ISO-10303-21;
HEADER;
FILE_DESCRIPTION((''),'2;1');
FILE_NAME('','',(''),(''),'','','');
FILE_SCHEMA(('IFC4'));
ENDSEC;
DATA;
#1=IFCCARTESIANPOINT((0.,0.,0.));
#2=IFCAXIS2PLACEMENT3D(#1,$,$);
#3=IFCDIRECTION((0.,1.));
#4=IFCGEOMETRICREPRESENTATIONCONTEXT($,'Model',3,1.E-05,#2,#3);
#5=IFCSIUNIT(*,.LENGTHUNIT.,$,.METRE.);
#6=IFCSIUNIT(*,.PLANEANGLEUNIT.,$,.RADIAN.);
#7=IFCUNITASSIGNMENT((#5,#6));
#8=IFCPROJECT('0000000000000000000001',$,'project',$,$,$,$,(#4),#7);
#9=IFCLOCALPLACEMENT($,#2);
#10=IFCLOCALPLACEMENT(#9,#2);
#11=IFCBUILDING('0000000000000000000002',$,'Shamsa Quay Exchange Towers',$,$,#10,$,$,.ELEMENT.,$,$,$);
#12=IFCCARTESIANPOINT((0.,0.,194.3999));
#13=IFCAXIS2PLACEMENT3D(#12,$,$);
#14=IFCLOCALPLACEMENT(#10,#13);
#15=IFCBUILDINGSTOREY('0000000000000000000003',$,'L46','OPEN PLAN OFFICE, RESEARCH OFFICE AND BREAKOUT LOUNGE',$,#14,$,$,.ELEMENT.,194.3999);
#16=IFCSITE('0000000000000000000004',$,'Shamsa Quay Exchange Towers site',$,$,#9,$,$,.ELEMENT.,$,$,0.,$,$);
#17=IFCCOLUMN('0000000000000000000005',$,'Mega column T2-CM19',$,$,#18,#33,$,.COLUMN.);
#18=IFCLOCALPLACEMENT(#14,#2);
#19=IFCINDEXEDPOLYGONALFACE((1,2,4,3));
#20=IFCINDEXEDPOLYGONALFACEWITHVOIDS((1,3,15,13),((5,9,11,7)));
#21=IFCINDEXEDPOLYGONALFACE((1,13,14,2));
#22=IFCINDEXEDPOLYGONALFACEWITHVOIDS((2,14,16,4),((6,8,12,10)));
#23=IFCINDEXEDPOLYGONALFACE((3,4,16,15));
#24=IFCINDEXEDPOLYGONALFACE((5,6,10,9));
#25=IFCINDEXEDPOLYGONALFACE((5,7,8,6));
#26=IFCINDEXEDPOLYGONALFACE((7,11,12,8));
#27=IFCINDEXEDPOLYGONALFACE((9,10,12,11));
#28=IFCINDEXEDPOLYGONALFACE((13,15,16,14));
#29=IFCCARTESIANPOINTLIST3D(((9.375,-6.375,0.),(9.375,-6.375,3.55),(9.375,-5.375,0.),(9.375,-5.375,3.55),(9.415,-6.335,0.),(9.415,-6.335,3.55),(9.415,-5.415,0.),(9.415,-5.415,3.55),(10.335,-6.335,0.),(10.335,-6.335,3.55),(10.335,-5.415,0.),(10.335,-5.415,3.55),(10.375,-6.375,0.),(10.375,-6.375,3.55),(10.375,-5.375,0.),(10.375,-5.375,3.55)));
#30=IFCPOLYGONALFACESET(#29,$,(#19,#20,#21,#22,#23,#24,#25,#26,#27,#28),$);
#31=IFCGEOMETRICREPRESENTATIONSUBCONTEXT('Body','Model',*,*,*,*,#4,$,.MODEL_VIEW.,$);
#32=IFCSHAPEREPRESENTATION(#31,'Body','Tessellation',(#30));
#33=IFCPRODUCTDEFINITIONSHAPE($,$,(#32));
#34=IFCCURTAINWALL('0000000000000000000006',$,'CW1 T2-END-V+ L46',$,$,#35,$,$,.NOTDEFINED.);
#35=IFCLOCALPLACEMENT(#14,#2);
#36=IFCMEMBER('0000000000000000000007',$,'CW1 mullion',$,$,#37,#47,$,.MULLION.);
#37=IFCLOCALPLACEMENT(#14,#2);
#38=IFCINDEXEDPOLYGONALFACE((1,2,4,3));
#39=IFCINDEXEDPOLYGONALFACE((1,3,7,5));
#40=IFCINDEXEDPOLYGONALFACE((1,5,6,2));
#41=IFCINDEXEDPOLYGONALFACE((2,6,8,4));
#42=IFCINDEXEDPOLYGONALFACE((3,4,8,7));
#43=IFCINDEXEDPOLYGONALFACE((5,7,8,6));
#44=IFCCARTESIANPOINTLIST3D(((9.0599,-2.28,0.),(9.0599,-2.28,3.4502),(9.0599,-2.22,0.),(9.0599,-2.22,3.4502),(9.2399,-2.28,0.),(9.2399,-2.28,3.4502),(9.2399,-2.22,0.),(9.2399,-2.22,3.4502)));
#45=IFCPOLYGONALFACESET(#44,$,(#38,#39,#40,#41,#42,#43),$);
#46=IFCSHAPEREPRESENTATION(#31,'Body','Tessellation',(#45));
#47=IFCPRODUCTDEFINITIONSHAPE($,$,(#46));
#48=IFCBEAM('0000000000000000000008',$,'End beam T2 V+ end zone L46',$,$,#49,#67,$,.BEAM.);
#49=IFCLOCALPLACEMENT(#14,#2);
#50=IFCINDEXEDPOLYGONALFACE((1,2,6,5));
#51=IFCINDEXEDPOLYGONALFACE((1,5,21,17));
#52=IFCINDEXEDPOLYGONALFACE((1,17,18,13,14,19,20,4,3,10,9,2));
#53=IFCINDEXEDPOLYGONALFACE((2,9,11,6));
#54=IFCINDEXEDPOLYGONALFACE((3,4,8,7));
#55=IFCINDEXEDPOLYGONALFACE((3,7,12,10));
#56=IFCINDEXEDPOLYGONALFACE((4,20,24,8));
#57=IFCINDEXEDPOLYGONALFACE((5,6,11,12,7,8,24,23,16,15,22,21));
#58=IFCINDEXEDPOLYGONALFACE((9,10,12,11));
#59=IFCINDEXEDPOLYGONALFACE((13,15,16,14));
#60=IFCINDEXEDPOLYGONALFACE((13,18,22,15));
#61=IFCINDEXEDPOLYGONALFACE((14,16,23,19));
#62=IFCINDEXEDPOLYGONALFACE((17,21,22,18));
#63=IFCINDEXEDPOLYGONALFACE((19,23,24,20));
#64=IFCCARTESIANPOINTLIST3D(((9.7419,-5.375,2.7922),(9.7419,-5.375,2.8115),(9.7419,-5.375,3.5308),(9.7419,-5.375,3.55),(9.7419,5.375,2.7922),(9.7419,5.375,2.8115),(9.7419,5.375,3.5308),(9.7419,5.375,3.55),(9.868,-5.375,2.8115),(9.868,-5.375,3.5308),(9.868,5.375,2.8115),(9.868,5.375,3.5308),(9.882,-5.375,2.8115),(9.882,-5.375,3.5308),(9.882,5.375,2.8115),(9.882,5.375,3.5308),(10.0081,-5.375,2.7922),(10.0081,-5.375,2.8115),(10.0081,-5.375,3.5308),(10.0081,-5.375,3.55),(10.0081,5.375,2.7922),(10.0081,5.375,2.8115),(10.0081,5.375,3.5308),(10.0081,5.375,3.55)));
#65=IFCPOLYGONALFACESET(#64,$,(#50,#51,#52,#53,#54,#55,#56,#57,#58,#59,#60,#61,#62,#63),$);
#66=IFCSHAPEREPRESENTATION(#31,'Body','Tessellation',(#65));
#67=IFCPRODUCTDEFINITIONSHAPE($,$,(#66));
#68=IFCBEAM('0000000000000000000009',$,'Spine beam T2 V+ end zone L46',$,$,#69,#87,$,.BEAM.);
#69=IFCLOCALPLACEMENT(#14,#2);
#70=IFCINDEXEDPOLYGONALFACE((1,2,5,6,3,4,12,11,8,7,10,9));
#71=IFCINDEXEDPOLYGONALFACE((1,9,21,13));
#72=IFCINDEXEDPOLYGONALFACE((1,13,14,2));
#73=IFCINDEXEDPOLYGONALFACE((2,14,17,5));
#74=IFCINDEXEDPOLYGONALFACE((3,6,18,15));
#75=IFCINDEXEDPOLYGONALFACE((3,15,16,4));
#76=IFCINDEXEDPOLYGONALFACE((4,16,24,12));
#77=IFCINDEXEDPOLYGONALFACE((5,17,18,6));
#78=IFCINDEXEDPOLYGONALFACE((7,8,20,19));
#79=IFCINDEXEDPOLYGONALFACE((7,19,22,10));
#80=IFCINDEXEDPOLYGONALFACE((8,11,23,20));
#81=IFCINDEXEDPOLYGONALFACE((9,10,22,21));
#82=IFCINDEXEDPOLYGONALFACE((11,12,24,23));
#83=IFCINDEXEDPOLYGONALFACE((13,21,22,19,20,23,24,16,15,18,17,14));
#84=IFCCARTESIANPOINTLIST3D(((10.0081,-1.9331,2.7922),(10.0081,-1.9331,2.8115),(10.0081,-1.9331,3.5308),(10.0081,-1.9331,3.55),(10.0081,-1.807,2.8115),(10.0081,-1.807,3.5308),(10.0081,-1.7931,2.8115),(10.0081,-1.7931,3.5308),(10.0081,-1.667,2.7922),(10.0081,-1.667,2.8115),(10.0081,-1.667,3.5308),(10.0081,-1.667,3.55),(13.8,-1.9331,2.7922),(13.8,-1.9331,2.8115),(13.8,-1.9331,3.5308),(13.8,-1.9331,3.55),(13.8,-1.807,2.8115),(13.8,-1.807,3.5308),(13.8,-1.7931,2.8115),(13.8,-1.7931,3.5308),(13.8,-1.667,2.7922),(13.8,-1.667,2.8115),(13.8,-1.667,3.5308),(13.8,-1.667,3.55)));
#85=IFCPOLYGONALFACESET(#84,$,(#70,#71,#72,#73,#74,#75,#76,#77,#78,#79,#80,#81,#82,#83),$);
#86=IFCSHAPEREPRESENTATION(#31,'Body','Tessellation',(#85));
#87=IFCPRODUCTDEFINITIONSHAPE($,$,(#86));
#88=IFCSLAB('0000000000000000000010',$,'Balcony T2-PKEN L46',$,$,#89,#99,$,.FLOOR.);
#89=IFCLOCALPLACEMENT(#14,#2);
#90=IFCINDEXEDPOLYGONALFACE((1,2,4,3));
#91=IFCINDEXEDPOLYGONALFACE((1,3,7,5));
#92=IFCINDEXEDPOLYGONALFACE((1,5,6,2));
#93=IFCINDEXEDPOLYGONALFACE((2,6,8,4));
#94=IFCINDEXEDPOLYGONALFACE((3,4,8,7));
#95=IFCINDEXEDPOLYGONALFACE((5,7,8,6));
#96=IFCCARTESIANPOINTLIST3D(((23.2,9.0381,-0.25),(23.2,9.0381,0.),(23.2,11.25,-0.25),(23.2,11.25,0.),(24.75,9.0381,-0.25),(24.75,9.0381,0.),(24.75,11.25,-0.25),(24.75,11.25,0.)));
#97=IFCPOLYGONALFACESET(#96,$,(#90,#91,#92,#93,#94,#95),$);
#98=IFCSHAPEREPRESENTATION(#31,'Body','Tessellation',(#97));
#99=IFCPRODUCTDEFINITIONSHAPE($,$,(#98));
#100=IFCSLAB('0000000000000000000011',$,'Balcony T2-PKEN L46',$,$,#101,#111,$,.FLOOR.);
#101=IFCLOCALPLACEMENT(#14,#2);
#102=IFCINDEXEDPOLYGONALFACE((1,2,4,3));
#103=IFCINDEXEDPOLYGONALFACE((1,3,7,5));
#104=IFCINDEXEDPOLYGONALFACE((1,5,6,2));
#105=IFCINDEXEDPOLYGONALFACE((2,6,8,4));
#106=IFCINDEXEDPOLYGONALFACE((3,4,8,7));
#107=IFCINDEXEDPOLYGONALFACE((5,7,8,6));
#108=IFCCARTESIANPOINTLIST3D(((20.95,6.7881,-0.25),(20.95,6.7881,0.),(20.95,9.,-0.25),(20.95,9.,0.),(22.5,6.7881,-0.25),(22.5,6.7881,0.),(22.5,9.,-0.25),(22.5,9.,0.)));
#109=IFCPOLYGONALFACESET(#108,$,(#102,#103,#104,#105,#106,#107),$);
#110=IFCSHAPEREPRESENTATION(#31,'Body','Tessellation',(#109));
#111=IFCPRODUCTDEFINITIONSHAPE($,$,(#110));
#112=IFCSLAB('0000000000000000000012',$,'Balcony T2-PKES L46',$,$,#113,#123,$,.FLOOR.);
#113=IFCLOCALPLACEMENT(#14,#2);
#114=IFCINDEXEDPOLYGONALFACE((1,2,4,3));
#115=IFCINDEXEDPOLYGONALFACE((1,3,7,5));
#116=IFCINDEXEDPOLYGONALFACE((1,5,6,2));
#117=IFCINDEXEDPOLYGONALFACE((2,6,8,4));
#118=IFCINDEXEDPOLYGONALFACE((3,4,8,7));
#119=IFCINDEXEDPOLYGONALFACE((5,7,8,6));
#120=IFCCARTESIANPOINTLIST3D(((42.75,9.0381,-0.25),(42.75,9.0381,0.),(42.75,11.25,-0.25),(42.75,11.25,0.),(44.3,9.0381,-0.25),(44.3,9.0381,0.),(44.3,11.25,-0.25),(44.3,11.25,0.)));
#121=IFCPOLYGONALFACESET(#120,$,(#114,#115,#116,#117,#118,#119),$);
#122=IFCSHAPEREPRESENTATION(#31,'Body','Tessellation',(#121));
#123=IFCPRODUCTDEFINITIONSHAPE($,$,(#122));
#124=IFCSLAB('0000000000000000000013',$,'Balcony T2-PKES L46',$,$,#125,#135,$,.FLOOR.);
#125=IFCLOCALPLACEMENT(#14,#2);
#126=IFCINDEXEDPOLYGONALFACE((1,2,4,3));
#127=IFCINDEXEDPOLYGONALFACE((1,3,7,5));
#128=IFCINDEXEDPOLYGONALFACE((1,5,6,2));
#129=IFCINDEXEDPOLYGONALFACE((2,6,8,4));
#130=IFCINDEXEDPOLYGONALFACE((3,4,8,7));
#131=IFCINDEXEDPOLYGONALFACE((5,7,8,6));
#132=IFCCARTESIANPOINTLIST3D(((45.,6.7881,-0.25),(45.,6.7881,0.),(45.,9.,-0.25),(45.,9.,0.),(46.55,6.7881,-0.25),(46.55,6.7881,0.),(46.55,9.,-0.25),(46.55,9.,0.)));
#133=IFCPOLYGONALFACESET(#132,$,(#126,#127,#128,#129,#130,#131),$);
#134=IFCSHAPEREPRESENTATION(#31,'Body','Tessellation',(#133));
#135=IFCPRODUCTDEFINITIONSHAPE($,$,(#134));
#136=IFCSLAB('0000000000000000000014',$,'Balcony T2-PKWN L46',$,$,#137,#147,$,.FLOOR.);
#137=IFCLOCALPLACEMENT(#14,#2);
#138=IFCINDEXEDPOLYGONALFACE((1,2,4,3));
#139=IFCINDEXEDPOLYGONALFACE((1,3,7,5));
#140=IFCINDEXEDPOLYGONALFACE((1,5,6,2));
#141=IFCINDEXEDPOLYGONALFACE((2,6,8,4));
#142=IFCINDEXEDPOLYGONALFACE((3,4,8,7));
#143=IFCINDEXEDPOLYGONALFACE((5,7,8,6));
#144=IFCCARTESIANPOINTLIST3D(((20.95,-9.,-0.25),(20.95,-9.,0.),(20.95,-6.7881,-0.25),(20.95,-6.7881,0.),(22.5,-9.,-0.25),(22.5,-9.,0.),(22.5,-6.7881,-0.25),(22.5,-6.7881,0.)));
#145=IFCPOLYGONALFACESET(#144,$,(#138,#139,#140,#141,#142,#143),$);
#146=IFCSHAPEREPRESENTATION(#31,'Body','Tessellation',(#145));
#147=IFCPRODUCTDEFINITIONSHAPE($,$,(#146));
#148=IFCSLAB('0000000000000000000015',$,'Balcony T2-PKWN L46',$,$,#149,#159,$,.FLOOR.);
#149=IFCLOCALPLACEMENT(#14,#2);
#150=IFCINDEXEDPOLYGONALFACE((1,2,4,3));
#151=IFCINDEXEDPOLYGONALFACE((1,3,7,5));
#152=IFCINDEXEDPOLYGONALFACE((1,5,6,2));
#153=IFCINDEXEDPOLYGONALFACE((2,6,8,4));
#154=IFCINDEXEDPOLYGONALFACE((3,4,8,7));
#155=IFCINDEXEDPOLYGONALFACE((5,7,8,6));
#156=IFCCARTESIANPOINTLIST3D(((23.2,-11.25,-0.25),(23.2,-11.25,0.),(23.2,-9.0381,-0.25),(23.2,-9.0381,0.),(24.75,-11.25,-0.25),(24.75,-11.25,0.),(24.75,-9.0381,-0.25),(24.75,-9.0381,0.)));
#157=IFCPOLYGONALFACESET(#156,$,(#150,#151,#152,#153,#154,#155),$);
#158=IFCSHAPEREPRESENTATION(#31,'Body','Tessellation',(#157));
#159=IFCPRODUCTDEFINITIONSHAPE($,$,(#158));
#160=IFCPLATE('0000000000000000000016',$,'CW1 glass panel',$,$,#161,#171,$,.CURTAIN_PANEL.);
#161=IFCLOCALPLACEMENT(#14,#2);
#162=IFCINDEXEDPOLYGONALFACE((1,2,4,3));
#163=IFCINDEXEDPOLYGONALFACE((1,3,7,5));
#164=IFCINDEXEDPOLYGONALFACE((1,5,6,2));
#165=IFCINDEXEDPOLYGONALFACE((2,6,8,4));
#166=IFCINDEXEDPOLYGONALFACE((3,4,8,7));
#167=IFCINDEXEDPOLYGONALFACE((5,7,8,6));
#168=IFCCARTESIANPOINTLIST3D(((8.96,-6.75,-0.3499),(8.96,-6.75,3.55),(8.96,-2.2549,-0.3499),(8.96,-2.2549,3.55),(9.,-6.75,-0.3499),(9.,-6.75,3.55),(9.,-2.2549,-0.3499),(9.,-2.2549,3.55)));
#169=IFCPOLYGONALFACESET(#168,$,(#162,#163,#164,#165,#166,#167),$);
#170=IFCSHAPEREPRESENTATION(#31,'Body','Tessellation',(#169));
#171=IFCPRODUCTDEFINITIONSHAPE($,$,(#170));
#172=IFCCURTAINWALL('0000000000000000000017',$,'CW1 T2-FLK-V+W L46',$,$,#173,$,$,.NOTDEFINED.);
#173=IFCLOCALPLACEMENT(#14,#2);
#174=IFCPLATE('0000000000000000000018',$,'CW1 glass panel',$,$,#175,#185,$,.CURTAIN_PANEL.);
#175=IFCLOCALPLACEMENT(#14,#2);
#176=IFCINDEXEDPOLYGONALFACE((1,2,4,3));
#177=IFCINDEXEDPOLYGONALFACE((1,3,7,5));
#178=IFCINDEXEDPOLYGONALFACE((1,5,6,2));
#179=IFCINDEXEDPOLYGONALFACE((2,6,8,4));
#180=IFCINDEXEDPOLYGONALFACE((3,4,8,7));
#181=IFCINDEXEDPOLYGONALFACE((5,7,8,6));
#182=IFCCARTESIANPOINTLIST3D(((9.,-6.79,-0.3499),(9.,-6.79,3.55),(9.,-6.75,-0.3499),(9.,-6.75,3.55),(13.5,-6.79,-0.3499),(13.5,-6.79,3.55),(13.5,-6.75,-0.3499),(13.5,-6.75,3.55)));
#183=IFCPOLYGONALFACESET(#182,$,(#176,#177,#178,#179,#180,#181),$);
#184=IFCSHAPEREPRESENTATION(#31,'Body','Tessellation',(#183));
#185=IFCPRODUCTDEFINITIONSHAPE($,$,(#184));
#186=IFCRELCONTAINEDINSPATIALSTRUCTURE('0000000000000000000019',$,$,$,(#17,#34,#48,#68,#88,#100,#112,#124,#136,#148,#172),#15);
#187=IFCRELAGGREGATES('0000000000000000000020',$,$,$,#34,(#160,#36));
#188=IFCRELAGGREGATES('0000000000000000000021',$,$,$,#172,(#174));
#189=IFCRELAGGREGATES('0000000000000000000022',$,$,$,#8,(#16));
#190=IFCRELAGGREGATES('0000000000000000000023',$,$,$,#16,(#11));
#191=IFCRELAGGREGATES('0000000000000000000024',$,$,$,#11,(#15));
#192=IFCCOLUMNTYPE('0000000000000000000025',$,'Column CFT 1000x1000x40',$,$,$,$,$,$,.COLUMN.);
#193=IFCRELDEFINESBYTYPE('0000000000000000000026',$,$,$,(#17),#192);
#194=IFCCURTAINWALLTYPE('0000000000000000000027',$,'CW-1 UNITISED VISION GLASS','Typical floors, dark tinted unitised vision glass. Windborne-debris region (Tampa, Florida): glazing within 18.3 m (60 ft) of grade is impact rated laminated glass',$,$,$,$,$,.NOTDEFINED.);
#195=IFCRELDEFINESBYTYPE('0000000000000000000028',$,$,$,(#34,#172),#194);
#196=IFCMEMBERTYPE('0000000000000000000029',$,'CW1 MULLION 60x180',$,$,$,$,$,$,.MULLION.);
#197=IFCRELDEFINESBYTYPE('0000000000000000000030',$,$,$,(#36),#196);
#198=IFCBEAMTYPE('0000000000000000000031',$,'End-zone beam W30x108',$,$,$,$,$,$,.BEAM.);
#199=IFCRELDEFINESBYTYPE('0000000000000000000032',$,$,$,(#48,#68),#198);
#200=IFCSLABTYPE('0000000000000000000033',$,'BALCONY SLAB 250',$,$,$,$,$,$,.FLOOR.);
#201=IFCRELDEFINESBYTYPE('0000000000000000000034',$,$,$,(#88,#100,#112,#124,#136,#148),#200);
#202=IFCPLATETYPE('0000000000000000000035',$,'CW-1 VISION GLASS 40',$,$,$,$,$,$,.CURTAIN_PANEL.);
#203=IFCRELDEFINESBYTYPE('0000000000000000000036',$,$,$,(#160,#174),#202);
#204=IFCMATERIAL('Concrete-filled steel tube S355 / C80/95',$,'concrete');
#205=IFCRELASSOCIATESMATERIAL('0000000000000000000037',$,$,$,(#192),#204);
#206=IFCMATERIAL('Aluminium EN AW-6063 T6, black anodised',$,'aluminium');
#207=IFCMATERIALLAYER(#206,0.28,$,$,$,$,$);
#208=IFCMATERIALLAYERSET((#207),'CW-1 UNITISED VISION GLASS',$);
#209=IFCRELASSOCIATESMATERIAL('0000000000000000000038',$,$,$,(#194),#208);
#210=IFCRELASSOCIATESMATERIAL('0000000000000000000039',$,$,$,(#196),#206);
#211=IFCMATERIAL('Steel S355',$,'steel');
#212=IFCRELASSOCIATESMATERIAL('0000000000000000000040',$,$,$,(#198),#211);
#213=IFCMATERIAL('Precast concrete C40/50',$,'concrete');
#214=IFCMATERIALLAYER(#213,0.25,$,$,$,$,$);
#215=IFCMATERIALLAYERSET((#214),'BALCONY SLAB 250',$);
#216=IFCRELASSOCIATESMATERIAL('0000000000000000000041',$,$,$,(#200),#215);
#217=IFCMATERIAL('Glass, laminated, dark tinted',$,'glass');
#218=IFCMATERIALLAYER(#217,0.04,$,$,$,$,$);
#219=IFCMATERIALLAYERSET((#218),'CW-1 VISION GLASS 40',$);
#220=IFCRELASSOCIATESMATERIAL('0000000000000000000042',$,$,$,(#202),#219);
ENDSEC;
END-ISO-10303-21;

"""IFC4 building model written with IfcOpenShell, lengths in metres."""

from ifc_helpers import new_model, si_unit, direction, frame, origin, origin_2d, place, context, subcontext, project, spatial, polyline, rectangle, hollow_rectangle, i_section, outline, extrude, material, layer, layer_set, material_profile, profile_set, type_object, element, aggregate, save


model = new_model("IFC4")

# Units and contexts
model_context = context("Model", 3, precision=1e-05, world=origin(), true_north=direction((0.0, 1.0)))
body_context = subcontext(model_context, "Body", "Model", "MODEL_VIEW")
ifc_project = project(units=[si_unit("LENGTHUNIT", "METRE"), si_unit("PLANEANGLEUNIT", "RADIAN")], contexts=[model_context])

# Site, building, storey
site_placement = place(None, origin())
site = spatial("IfcSite", under=ifc_project, at=site_placement, Name="Shamsa Quay Exchange Towers site", CompositionType="ELEMENT", RefElevation=0.0)
building_placement = place(site_placement, origin())
building = spatial("IfcBuilding", under=site, at=building_placement, Name="Shamsa Quay Exchange Towers", CompositionType="ELEMENT")
storey_placement = place(building_placement, frame((0.0, 0.0, 194.3999)))
storey = spatial("IfcBuildingStorey", under=building, at=storey_placement, Name="L46", Description="OPEN PLAN OFFICE, RESEARCH OFFICE AND BREAKOUT LOUNGE", CompositionType="ELEMENT", Elevation=194.3999)

# Column
ifc_material_1 = material(Name="Concrete-filled steel tube S355 / C80/95", Category="concrete")
ifc_material_profile_1 = material_profile(ifc_material_1, hollow_rectangle(XDim=1.0, YDim=1.0, WallThickness=0.04, at=origin_2d()), Name="CFT 1000x1000x40")
ifc_profile_set_1 = profile_set([ifc_material_profile_1], Name="Concrete-filled steel tube S355 / C80/95")
column_type = type_object("IfcColumnType", Name="Column CFT 1000x1000x40", PredefinedType="COLUMN", material=ifc_profile_set_1)
column_placement = place(storey_placement, frame((9.875, -5.875, 0.0)))
element("IfcColumn", 1, at=column_placement, inside=storey, type_object=column_type, Name="Mega column T2-CM19", PredefinedType="COLUMN", context=body_context, shape_type="SweptSolid", body=[
    extrude(hollow_rectangle(XDim=1.0, YDim=1.0, WallThickness=0.04, at=origin_2d()), origin(), (0.0, 0.0, 1.0), 3.55),
])

# Curtain wall, member
ifc_material_2 = material(Name="Aluminium EN AW-6063 T6, black anodised", Category="aluminium")
ifc_layer_1 = layer(ifc_material_2, 0.28)
ifc_layer_set_1 = layer_set([ifc_layer_1], Name="CW-1 UNITISED VISION GLASS")
curtain_wall_type_1 = type_object("IfcCurtainWallType", Name="CW-1 UNITISED VISION GLASS", Description="Typical floors, dark tinted unitised vision glass. Windborne-debris region (Tampa, Florida): glazing within 18.3 m (60 ft) of grade is impact rated laminated glass", PredefinedType="NOTDEFINED", material=ifc_layer_set_1)
curtain_wall_1_placement = place(storey_placement, origin())
curtain_wall_1 = element("IfcCurtainWall", 2, at=curtain_wall_1_placement, inside=storey, type_object=curtain_wall_type_1, Name="CW1 T2-END-V+ L46", PredefinedType="NOTDEFINED")
ifc_material_profile_2 = material_profile(ifc_material_2, rectangle(XDim=0.1799, YDim=0.0601, at=origin_2d()), Name="MU60x180")
ifc_profile_set_2 = profile_set([ifc_material_profile_2], Name="Aluminium EN AW-6063 T6, black anodised")
member_type = type_object("IfcMemberType", Name="CW1 MULLION 60x180", PredefinedType="MULLION", material=ifc_profile_set_2)
member_placement = place(storey_placement, frame((9.1499, -2.25, 0.0)))
member = element("IfcMember", 3, at=member_placement, type_object=member_type, Name="CW1 mullion", PredefinedType="MULLION", context=body_context, shape_type="SweptSolid", body=[
    extrude(rectangle(XDim=0.1799, YDim=0.0601, at=origin_2d()), origin(), (0.0, 0.0, 1.0), 3.4502),
])

# Beams
ifc_material_3 = material(Name="Steel S355", Category="steel")
ifc_material_profile_3 = material_profile(ifc_material_3, i_section(OverallWidth=0.2661, OverallDepth=0.7578, WebThickness=0.0139, FlangeThickness=0.0193, at=origin_2d()), Name="W30x108")
ifc_profile_set_3 = profile_set([ifc_material_profile_3], Name="Steel S355")
beam_type = type_object("IfcBeamType", Name="End-zone beam W30x108", PredefinedType="BEAM", material=ifc_profile_set_3)
beam_1_placement = place(storey_placement, frame((9.875, -5.375, 3.1711), z_axis=(0.0, 1.0, 0.0), x_axis=(-1.0, 0.0, 0.0)))
element("IfcBeam", 4, at=beam_1_placement, inside=storey, type_object=beam_type, Name="End beam T2 V+ end zone L46", PredefinedType="BEAM", context=body_context, shape_type="SweptSolid", body=[
    extrude(i_section(OverallWidth=0.2661, OverallDepth=0.7578, WebThickness=0.0139, FlangeThickness=0.0193, at=origin_2d()), origin(), (0.0, 0.0, 1.0), 10.75),
])
beam_2_placement = place(storey_placement, frame((13.8, -1.8, 3.1711), z_axis=(-1.0, 0.0, 0.0), x_axis=(0.0, -1.0, 0.0)))
element("IfcBeam", 5, at=beam_2_placement, inside=storey, type_object=beam_type, Name="Spine beam T2 V+ end zone L46", PredefinedType="BEAM", context=body_context, shape_type="SweptSolid", body=[
    extrude(i_section(OverallWidth=0.2661, OverallDepth=0.7578, WebThickness=0.0139, FlangeThickness=0.0193, at=origin_2d()), origin(), (0.0, 0.0, 1.0), 3.792),
])

# Slabs
ifc_material_4 = material(Name="Precast concrete C40/50", Category="concrete")
ifc_layer_2 = layer(ifc_material_4, 0.25)
ifc_layer_set_2 = layer_set([ifc_layer_2], Name="BALCONY SLAB 250")
slab_type_1 = type_object("IfcSlabType", Name="BALCONY SLAB 250", PredefinedType="FLOOR", material=ifc_layer_set_2)
slab_1_placement = place(storey_placement, frame((0.0, 0.0, -0.25)))
element("IfcSlab", 6, at=slab_1_placement, inside=storey, type_object=slab_type_1, Name="Balcony T2-PKEN L46", PredefinedType="FLOOR", context=body_context, shape_type="SweptSolid", body=[
    extrude(outline(polyline([(24.75, 11.25), (24.75, 9.0381), (23.2, 9.0381), (23.2, 11.25), (24.75, 11.25)])), origin(), (0.0, 0.0, 1.0), 0.25),
])
slab_2_placement = place(storey_placement, frame((0.0, 0.0, -0.25)))
element("IfcSlab", 7, at=slab_2_placement, inside=storey, type_object=slab_type_1, Name="Balcony T2-PKEN L46", PredefinedType="FLOOR", context=body_context, shape_type="SweptSolid", body=[
    extrude(outline(polyline([(22.5, 9.0), (22.5, 6.7881), (20.95, 6.7881), (20.95, 9.0), (22.5, 9.0)])), origin(), (0.0, 0.0, 1.0), 0.25),
])
slab_3_placement = place(storey_placement, frame((0.0, 0.0, -0.25)))
element("IfcSlab", 8, at=slab_3_placement, inside=storey, type_object=slab_type_1, Name="Balcony T2-PKES L46", PredefinedType="FLOOR", context=body_context, shape_type="SweptSolid", body=[
    extrude(outline(polyline([(42.75, 9.0381), (42.75, 11.25), (44.3, 11.25), (44.3, 9.0381), (42.75, 9.0381)])), origin(), (0.0, 0.0, 1.0), 0.25),
])
slab_4_placement = place(storey_placement, frame((0.0, 0.0, -0.25)))
element("IfcSlab", 9, at=slab_4_placement, inside=storey, type_object=slab_type_1, Name="Balcony T2-PKES L46", PredefinedType="FLOOR", context=body_context, shape_type="SweptSolid", body=[
    extrude(outline(polyline([(45.0, 6.7881), (45.0, 9.0), (46.55, 9.0), (46.55, 6.7881), (45.0, 6.7881)])), origin(), (0.0, 0.0, 1.0), 0.25),
])
slab_5_placement = place(storey_placement, frame((0.0, 0.0, -0.25)))
element("IfcSlab", 10, at=slab_5_placement, inside=storey, type_object=slab_type_1, Name="Balcony T2-PKWN L46", PredefinedType="FLOOR", context=body_context, shape_type="SweptSolid", body=[
    extrude(outline(polyline([(22.5, -6.7881), (22.5, -9.0), (20.95, -9.0), (20.95, -6.7881), (22.5, -6.7881)])), origin(), (0.0, 0.0, 1.0), 0.25),
])
slab_6_placement = place(storey_placement, frame((0.0, 0.0, -0.25)))
element("IfcSlab", 11, at=slab_6_placement, inside=storey, type_object=slab_type_1, Name="Balcony T2-PKWN L46", PredefinedType="FLOOR", context=body_context, shape_type="SweptSolid", body=[
    extrude(outline(polyline([(24.75, -9.0381), (24.75, -11.25), (23.2, -11.25), (23.2, -9.0381), (24.75, -9.0381)])), origin(), (0.0, 0.0, 1.0), 0.25),
])

# Plate
ifc_material_5 = material(Name="Glass, laminated, dark tinted", Category="glass")
ifc_layer_3 = layer(ifc_material_5, 0.04)
ifc_layer_set_3 = layer_set([ifc_layer_3], Name="CW-1 VISION GLASS 40")
plate_type_1 = type_object("IfcPlateType", Name="CW-1 VISION GLASS 40", PredefinedType="CURTAIN_PANEL", material=ifc_layer_set_3)
plate_1_placement = place(storey_placement, frame((8.98, -4.5024, -0.3499), z_axis=(0.0, 0.0, 1.0), x_axis=(0.0, -1.0, 0.0)))
plate_1 = element("IfcPlate", 12, at=plate_1_placement, type_object=plate_type_1, Name="CW1 glass panel", PredefinedType="CURTAIN_PANEL", context=body_context, shape_type="SweptSolid", body=[
    extrude(rectangle(XDim=4.4951, YDim=0.04, at=origin_2d()), origin(), (0.0, 0.0, 1.0), 3.8999),
])
aggregate(curtain_wall_1, [plate_1, member])

# Curtain wall, plate
curtain_wall_2_placement = place(storey_placement, origin())
curtain_wall_2 = element("IfcCurtainWall", 13, at=curtain_wall_2_placement, inside=storey, type_object=curtain_wall_type_1, Name="CW1 T2-FLK-V+W L46", PredefinedType="NOTDEFINED")
plate_2_placement = place(storey_placement, frame((11.25, -6.77, -0.3499)))
plate_2 = element("IfcPlate", 14, at=plate_2_placement, type_object=plate_type_1, Name="CW1 glass panel", PredefinedType="CURTAIN_PANEL", context=body_context, shape_type="SweptSolid", body=[
    extrude(rectangle(XDim=4.5, YDim=0.04, at=origin_2d()), origin(), (0.0, 0.0, 1.0), 3.8999),
])
aggregate(curtain_wall_2, [plate_2])

save(model, "model.ifc")
